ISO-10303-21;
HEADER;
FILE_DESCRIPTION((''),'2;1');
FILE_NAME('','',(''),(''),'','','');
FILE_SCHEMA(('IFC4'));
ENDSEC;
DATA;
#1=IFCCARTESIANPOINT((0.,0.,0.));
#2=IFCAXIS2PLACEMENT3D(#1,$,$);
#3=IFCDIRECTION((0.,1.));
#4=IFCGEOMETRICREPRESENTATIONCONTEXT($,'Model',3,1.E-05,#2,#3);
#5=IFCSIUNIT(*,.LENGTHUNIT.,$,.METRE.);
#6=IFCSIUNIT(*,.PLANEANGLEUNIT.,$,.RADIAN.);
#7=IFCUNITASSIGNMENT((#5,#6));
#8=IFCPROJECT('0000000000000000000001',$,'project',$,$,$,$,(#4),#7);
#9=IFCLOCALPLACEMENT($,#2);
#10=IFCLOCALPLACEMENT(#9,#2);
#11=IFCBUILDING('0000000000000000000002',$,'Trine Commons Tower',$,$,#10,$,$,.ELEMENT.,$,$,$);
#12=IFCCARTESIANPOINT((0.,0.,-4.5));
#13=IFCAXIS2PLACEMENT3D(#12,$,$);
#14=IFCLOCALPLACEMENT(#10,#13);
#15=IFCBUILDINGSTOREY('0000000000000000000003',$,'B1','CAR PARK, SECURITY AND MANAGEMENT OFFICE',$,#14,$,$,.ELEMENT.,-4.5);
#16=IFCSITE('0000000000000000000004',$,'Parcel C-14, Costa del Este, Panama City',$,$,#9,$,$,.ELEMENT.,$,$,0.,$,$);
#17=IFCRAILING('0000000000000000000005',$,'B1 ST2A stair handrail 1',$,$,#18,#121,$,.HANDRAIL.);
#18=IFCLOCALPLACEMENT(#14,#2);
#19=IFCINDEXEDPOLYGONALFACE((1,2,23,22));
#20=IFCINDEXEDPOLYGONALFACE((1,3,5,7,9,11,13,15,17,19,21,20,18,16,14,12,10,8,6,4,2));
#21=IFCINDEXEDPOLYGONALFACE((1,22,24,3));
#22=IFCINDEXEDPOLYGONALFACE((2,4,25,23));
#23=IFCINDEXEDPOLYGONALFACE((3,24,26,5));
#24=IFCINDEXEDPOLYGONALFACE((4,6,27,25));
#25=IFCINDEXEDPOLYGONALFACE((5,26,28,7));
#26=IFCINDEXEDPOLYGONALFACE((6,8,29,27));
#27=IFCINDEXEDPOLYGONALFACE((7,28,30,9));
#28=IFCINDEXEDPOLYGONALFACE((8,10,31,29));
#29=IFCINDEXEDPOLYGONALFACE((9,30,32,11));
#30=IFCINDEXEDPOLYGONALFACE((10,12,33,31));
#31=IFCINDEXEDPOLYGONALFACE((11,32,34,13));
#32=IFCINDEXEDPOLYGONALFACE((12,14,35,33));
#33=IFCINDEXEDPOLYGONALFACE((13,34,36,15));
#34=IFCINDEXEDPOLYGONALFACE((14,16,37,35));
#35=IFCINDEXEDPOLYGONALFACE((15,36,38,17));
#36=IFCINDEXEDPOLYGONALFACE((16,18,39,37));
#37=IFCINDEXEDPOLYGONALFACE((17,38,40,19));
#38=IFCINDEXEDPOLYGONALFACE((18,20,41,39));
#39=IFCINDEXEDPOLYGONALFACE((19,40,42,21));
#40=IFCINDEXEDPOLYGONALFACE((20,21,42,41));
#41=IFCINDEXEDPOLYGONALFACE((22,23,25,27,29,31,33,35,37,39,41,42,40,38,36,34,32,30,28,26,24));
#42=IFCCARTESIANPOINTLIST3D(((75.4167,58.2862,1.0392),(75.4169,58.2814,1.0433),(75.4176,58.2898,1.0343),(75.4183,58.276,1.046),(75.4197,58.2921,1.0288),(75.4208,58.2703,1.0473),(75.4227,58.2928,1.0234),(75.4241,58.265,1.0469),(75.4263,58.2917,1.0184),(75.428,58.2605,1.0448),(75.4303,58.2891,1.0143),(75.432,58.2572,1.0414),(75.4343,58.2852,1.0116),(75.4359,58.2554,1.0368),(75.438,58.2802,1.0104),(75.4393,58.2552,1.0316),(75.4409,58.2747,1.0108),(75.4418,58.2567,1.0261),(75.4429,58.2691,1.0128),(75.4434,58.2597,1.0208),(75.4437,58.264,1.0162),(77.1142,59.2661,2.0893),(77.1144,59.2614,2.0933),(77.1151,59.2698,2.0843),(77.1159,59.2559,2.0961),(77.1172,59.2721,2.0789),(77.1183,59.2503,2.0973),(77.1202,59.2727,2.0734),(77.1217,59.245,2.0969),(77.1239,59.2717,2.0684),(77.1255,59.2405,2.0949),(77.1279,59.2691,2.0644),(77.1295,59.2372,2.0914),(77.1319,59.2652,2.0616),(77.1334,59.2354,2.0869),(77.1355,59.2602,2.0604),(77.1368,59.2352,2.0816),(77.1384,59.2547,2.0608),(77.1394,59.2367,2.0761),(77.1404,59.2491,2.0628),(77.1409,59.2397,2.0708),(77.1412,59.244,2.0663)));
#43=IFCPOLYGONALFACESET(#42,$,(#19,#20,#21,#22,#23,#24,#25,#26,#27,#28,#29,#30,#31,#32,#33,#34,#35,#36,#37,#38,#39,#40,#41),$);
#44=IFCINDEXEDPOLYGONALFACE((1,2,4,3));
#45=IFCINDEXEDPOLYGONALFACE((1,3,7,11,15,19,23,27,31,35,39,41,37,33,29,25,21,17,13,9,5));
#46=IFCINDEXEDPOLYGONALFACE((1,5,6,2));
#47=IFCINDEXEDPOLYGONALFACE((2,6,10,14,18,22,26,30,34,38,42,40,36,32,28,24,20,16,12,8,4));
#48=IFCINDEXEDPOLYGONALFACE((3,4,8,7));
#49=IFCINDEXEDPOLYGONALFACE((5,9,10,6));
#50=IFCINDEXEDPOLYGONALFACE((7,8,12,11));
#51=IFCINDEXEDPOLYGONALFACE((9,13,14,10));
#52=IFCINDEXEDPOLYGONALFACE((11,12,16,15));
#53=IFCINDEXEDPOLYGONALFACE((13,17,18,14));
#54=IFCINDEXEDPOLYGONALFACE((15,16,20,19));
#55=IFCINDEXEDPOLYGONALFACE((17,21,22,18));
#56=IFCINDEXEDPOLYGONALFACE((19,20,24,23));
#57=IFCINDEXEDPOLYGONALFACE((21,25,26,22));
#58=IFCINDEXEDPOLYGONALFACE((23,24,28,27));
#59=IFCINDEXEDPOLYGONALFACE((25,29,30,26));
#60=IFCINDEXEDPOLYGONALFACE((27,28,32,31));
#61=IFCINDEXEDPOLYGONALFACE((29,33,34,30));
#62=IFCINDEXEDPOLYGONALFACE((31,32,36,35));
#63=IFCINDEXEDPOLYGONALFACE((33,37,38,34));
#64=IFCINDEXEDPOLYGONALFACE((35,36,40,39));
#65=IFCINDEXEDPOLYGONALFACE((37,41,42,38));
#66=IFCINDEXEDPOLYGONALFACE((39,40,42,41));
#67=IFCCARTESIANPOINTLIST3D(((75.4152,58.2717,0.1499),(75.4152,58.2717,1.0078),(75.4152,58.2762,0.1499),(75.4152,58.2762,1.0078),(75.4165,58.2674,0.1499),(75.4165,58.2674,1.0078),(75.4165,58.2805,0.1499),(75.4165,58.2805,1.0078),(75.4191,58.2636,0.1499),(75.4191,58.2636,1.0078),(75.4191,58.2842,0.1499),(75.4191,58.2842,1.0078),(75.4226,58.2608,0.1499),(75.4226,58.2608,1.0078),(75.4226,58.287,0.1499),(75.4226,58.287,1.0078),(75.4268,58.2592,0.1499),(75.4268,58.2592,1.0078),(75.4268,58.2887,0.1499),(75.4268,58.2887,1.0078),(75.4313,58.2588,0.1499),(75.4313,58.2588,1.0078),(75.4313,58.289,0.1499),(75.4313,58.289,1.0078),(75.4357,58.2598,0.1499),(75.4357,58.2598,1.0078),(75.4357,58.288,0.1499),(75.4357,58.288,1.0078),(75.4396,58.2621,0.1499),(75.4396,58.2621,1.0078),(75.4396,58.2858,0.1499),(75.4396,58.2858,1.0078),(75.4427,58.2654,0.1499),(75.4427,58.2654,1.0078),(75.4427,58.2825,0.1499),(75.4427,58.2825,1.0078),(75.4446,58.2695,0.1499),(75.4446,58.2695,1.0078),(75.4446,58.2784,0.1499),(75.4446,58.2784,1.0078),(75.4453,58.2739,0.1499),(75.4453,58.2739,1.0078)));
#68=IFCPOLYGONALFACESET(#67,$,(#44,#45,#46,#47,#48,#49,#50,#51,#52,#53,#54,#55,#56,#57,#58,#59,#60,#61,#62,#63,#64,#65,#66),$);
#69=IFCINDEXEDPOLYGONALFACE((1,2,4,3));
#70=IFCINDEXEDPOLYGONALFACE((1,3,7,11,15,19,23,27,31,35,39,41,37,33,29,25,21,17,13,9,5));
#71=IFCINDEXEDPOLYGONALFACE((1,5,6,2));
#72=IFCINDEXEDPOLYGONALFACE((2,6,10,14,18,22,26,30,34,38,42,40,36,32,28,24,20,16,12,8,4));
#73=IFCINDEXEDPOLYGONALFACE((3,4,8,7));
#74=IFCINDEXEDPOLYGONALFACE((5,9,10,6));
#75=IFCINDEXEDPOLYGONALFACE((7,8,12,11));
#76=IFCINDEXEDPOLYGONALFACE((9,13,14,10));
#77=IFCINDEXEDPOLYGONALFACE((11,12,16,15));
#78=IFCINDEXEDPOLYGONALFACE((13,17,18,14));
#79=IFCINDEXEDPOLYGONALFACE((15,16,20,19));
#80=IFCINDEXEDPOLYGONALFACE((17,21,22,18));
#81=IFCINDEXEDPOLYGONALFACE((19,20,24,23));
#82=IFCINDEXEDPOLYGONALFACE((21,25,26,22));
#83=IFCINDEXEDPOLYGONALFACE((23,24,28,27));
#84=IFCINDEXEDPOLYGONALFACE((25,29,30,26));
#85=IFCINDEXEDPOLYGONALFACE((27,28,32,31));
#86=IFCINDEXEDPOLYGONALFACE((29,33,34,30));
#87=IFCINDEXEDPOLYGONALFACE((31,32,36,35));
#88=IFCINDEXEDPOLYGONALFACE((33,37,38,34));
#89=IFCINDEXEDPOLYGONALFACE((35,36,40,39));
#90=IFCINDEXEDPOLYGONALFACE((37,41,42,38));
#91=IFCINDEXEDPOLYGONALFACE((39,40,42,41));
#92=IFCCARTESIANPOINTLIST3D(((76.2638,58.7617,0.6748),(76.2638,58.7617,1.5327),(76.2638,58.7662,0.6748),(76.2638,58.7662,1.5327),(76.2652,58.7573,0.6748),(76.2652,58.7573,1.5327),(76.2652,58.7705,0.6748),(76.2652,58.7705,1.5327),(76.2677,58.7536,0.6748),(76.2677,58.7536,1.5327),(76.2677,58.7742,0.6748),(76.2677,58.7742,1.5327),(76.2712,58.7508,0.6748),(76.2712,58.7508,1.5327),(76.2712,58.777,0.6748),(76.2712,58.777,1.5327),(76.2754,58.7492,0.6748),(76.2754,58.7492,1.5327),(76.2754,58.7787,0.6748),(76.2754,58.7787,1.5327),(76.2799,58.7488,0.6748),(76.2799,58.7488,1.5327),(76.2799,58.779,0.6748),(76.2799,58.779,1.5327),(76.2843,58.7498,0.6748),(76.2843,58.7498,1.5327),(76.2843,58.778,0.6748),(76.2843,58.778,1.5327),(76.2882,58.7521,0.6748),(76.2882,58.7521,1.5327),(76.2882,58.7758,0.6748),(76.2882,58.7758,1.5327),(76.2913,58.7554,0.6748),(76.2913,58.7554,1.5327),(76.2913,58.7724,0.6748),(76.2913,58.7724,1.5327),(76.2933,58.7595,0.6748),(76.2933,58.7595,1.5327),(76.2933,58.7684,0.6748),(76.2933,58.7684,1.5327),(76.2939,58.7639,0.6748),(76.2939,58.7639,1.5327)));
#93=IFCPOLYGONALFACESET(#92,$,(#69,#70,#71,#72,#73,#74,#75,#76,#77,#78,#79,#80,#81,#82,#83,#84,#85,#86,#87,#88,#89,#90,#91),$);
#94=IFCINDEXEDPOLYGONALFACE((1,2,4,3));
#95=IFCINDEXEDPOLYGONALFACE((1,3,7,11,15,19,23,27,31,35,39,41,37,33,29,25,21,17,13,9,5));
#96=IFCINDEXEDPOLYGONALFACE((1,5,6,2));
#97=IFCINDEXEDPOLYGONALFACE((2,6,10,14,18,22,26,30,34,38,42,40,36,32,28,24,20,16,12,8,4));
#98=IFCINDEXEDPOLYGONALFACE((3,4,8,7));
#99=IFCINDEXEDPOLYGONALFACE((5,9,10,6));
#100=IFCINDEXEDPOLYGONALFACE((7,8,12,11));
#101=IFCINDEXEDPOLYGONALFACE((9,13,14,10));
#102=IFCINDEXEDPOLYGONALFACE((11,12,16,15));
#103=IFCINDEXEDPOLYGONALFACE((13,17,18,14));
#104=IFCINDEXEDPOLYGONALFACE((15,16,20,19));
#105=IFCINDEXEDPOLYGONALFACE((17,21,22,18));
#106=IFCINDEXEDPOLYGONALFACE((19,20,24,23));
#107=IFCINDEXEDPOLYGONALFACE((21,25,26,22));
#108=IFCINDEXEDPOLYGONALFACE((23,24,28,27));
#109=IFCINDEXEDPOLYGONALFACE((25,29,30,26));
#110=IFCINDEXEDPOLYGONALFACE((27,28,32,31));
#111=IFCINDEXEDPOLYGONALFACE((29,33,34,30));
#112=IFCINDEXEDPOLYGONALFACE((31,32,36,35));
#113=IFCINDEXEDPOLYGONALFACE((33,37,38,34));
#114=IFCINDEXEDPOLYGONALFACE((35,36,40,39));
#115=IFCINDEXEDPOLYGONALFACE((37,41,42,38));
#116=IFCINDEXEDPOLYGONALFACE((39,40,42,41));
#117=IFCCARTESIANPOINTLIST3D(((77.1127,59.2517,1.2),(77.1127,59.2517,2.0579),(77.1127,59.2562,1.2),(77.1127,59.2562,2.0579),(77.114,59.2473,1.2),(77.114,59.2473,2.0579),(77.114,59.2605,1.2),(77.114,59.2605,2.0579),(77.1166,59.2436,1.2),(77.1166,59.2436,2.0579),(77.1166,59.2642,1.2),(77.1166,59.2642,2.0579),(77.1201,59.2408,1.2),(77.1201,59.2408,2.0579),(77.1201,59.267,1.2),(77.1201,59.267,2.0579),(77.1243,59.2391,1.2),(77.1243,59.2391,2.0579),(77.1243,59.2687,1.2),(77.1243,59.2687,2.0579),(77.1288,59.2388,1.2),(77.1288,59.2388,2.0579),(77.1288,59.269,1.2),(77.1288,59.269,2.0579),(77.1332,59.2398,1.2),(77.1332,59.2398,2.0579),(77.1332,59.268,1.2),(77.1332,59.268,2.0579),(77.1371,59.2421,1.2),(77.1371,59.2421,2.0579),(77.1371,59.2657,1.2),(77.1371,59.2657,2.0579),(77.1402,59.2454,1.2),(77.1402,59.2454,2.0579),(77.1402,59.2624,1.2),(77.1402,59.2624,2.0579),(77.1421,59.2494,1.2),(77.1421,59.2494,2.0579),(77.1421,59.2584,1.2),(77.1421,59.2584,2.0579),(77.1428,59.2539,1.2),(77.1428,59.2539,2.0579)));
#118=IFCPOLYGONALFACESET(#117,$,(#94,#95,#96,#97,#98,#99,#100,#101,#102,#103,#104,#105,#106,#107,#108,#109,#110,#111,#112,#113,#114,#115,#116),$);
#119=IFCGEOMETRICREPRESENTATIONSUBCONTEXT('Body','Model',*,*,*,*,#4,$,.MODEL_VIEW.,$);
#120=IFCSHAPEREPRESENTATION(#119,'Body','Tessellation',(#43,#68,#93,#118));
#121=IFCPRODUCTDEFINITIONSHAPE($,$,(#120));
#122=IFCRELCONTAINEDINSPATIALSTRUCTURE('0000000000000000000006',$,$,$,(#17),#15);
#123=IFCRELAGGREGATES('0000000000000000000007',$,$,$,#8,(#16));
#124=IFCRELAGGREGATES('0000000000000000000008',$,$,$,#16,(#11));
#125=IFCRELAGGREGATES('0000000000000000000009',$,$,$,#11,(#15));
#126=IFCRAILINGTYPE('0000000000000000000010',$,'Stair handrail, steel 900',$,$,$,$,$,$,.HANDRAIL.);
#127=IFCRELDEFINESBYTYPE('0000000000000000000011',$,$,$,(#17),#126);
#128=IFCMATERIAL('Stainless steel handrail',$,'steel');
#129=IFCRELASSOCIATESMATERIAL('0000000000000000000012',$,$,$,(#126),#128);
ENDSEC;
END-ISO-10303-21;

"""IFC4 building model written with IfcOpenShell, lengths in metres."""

from ifc_helpers import new_model, si_unit, direction, frame, origin, origin_2d, place, context, subcontext, project, spatial, circle, extrude, material, type_object, element, save


model = new_model("IFC4")

# Units and contexts
model_context = context("Model", 3, precision=1e-05, world=origin(), true_north=direction((0.0, 1.0)))
body_context = subcontext(model_context, "Body", "Model", "MODEL_VIEW")
ifc_project = project(units=[si_unit("LENGTHUNIT", "METRE"), si_unit("PLANEANGLEUNIT", "RADIAN")], contexts=[model_context])

# Site, building, storey
site_placement = place(None, origin())
site = spatial("IfcSite", under=ifc_project, at=site_placement, Name="Parcel C-14, Costa del Este, Panama City", CompositionType="ELEMENT", RefElevation=0.0)
building_placement = place(site_placement, origin())
building = spatial("IfcBuilding", under=site, at=building_placement, Name="Trine Commons Tower", CompositionType="ELEMENT")
storey_placement = place(building_placement, frame((0.0, 0.0, -4.5)))
storey = spatial("IfcBuildingStorey", under=building, at=storey_placement, Name="B1", Description="CAR PARK, SECURITY AND MANAGEMENT OFFICE", CompositionType="ELEMENT", Elevation=-4.5)

# Railing
ifc_material_1 = material(Name="Stainless steel handrail", Category="steel")
railing_type_1 = type_object("IfcRailingType", Name="Stair handrail, steel 900", PredefinedType="HANDRAIL", material=ifc_material_1)
railing_1_placement = place(storey_placement, frame((75.4302, 58.2739, 0.1499)))
element("IfcRailing", 1, at=railing_1_placement, inside=storey, type_object=railing_type_1, Name="B1 ST2A stair handrail 1", PredefinedType="HANDRAIL", context=body_context, shape_type="SweptSolid", body=[
    extrude(circle(Radius=0.021, at=origin_2d()), frame((0.0, 0.0, 0.8789), z_axis=(0.763398, 0.440713, 0.472224), x_axis=(-0.49997, 0.866042, 0.0)), (0.0, 0.0, 1.0), 2.2236),
    extrude(circle(Radius=0.0151, at=origin_2d()), origin(), (0.0, 0.0, 1.0), 0.8579),
    extrude(circle(Radius=0.0151, at=origin_2d()), frame((0.8486, 0.49, 0.5249)), (0.0, 0.0, 1.0), 0.8579),
    extrude(circle(Radius=0.0151, at=origin_2d()), frame((1.6975, 0.98, 1.05)), (0.0, 0.0, 1.0), 0.8579),
])

save(model, "model.ifc")
